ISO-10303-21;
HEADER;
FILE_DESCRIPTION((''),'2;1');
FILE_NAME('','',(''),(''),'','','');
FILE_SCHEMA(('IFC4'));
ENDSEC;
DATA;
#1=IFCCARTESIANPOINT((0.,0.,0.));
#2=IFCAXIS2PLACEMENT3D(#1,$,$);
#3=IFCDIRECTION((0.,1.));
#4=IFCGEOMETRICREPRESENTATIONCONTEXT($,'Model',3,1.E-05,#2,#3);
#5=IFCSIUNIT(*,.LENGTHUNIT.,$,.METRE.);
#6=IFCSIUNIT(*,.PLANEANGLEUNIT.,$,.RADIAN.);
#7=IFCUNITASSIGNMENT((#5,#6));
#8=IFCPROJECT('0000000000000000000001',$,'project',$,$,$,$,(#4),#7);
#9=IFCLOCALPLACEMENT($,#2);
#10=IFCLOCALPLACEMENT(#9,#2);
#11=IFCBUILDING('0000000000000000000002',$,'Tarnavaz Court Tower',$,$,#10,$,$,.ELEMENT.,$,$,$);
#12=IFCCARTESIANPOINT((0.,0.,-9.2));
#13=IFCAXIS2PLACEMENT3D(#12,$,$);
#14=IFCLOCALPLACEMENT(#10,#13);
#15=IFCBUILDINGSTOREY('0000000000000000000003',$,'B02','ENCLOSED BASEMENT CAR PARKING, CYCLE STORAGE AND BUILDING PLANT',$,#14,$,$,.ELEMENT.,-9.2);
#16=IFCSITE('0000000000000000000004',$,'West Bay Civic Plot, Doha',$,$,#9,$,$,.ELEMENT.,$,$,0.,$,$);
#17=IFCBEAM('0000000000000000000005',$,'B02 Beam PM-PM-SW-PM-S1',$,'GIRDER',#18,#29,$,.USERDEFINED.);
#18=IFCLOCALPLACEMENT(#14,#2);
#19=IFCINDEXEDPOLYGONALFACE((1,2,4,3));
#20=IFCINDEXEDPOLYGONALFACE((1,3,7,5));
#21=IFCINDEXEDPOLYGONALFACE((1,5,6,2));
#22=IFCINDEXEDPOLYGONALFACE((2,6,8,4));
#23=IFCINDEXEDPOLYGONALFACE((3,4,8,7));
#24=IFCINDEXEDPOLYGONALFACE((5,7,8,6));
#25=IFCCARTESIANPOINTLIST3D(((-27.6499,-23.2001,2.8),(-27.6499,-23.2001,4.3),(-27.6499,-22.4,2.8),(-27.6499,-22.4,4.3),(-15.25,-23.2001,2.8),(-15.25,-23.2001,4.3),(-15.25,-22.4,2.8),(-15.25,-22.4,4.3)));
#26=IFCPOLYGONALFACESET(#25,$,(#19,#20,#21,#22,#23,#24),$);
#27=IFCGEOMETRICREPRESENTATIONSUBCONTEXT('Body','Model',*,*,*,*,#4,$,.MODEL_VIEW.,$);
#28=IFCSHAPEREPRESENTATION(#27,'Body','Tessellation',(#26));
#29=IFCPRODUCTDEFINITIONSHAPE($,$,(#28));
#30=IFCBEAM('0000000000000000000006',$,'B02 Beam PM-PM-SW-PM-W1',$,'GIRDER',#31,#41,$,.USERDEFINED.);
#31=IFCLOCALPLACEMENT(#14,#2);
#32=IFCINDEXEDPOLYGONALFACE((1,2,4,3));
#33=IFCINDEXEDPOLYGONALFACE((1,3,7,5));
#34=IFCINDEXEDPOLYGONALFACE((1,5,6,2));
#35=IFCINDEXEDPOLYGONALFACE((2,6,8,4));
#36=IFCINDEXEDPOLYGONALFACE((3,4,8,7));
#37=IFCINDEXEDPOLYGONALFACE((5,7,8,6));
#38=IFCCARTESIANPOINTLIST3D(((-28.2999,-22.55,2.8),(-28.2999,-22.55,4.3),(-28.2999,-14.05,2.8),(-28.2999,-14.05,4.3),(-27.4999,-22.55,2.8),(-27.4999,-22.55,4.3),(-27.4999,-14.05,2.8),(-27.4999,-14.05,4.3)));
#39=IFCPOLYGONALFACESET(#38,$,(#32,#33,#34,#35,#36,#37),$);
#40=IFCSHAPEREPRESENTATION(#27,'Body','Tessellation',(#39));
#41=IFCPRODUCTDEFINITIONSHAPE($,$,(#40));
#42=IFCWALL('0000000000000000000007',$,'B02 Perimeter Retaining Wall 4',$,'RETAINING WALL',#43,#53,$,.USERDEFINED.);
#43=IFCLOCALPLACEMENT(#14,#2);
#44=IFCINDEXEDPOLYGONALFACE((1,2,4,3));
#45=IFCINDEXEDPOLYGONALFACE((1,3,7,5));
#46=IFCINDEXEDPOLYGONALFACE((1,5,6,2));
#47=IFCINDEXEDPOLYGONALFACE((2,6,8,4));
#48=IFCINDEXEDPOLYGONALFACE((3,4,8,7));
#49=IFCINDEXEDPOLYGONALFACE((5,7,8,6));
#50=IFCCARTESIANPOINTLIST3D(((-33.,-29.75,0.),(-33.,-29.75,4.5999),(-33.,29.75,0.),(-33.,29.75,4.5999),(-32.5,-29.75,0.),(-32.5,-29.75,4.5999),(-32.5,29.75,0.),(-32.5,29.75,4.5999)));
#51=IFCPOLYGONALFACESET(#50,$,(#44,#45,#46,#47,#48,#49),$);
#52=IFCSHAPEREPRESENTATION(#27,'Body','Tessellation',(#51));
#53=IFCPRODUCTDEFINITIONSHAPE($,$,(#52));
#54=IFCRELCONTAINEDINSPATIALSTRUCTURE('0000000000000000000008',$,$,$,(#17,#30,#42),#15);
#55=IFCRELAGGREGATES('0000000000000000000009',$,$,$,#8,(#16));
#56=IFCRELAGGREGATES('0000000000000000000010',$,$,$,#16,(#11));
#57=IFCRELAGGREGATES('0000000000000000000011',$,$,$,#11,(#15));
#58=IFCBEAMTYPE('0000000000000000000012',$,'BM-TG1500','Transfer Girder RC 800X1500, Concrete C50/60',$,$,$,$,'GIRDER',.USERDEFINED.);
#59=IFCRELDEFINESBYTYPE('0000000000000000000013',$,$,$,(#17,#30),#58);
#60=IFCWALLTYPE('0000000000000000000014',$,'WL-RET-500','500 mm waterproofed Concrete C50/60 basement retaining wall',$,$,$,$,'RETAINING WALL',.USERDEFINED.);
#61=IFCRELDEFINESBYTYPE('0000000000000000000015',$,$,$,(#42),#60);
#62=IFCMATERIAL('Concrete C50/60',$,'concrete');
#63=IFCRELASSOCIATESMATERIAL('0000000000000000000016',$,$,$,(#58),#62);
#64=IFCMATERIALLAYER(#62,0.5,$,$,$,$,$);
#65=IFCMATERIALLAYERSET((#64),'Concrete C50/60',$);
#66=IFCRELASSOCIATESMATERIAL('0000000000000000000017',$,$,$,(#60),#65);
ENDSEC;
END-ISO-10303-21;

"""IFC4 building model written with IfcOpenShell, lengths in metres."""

from ifc_helpers import new_model, si_unit, direction, frame, frame_2d, origin, origin_2d, place, context, subcontext, project, spatial, rectangle, extrude, material, layer, layer_set, material_profile, profile_set, type_object, element, save


model = new_model("IFC4")

# Units and contexts
model_context = context("Model", 3, precision=1e-05, world=origin(), true_north=direction((0.0, 1.0)))
body_context = subcontext(model_context, "Body", "Model", "MODEL_VIEW")
ifc_project = project(units=[si_unit("LENGTHUNIT", "METRE"), si_unit("PLANEANGLEUNIT", "RADIAN")], contexts=[model_context])

# Site, building, storey
site_placement = place(None, origin())
site = spatial("IfcSite", under=ifc_project, at=site_placement, Name="West Bay Civic Plot, Doha", CompositionType="ELEMENT", RefElevation=0.0)
building_placement = place(site_placement, origin())
building = spatial("IfcBuilding", under=site, at=building_placement, Name="Tarnavaz Court Tower", CompositionType="ELEMENT")
storey_placement = place(building_placement, frame((0.0, 0.0, -9.2)))
storey = spatial("IfcBuildingStorey", under=building, at=storey_placement, Name="B02", Description="ENCLOSED BASEMENT CAR PARKING, CYCLE STORAGE AND BUILDING PLANT", CompositionType="ELEMENT", Elevation=-9.2)

# Shared definitions
ifc_material_1 = material(Name="Concrete C50/60", Category="concrete")

# Beams
ifc_material_profile_1 = material_profile(ifc_material_1, rectangle(XDim=0.8, YDim=1.5, at=origin_2d()), Name="RC 800X1500")
ifc_profile_set_1 = profile_set([ifc_material_profile_1], Name="Concrete C50/60")
beam_type_1 = type_object("IfcBeamType", Name="BM-TG1500", Description="Transfer Girder RC 800X1500, Concrete C50/60", ElementType="GIRDER", PredefinedType="USERDEFINED", material=ifc_profile_set_1)
beam_1_placement = place(storey_placement, frame((-27.6499, -22.8, 3.55), z_axis=(1.0, 0.0, 0.0), x_axis=(0.0, 1.0, 0.0)))
element("IfcBeam", 1, at=beam_1_placement, inside=storey, type_object=beam_type_1, Name="B02 Beam PM-PM-SW-PM-S1", ObjectType="GIRDER", PredefinedType="USERDEFINED", context=body_context, shape_type="SweptSolid", body=[
    extrude(rectangle(XDim=0.8, YDim=1.5, at=origin_2d()), origin(), (0.0, 0.0, 1.0), 12.3999),
])
beam_2_placement = place(storey_placement, frame((-27.8999, -22.55, 3.55), z_axis=(0.0, 1.0, 0.0), x_axis=(-1.0, 0.0, 0.0)))
element("IfcBeam", 2, at=beam_2_placement, inside=storey, type_object=beam_type_1, Name="B02 Beam PM-PM-SW-PM-W1", ObjectType="GIRDER", PredefinedType="USERDEFINED", context=body_context, shape_type="SweptSolid", body=[
    extrude(rectangle(XDim=0.8, YDim=1.5, at=origin_2d()), origin(), (0.0, 0.0, 1.0), 8.5),
])

# Wall
ifc_layer = layer(ifc_material_1, 0.5)
ifc_layer_set = layer_set([ifc_layer], Name="Concrete C50/60")
wall_type = type_object("IfcWallType", Name="WL-RET-500", Description="500 mm waterproofed Concrete C50/60 basement retaining wall", ElementType="RETAINING WALL", PredefinedType="USERDEFINED", material=ifc_layer_set)
wall_placement = place(storey_placement, frame((-32.75, -29.75, 0.0), z_axis=(0.0, 0.0, 1.0), x_axis=(0.0, 1.0, 0.0)))
element("IfcWall", 3, at=wall_placement, inside=storey, type_object=wall_type, Name="B02 Perimeter Retaining Wall 4", ObjectType="RETAINING WALL", PredefinedType="USERDEFINED", context=body_context, shape_type="SweptSolid", body=[
    extrude(rectangle(XDim=59.5, YDim=0.5, at=frame_2d((29.75, 0.0))), origin(), (0.0, 0.0, 1.0), 4.5999),
])

save(model, "model.ifc")
